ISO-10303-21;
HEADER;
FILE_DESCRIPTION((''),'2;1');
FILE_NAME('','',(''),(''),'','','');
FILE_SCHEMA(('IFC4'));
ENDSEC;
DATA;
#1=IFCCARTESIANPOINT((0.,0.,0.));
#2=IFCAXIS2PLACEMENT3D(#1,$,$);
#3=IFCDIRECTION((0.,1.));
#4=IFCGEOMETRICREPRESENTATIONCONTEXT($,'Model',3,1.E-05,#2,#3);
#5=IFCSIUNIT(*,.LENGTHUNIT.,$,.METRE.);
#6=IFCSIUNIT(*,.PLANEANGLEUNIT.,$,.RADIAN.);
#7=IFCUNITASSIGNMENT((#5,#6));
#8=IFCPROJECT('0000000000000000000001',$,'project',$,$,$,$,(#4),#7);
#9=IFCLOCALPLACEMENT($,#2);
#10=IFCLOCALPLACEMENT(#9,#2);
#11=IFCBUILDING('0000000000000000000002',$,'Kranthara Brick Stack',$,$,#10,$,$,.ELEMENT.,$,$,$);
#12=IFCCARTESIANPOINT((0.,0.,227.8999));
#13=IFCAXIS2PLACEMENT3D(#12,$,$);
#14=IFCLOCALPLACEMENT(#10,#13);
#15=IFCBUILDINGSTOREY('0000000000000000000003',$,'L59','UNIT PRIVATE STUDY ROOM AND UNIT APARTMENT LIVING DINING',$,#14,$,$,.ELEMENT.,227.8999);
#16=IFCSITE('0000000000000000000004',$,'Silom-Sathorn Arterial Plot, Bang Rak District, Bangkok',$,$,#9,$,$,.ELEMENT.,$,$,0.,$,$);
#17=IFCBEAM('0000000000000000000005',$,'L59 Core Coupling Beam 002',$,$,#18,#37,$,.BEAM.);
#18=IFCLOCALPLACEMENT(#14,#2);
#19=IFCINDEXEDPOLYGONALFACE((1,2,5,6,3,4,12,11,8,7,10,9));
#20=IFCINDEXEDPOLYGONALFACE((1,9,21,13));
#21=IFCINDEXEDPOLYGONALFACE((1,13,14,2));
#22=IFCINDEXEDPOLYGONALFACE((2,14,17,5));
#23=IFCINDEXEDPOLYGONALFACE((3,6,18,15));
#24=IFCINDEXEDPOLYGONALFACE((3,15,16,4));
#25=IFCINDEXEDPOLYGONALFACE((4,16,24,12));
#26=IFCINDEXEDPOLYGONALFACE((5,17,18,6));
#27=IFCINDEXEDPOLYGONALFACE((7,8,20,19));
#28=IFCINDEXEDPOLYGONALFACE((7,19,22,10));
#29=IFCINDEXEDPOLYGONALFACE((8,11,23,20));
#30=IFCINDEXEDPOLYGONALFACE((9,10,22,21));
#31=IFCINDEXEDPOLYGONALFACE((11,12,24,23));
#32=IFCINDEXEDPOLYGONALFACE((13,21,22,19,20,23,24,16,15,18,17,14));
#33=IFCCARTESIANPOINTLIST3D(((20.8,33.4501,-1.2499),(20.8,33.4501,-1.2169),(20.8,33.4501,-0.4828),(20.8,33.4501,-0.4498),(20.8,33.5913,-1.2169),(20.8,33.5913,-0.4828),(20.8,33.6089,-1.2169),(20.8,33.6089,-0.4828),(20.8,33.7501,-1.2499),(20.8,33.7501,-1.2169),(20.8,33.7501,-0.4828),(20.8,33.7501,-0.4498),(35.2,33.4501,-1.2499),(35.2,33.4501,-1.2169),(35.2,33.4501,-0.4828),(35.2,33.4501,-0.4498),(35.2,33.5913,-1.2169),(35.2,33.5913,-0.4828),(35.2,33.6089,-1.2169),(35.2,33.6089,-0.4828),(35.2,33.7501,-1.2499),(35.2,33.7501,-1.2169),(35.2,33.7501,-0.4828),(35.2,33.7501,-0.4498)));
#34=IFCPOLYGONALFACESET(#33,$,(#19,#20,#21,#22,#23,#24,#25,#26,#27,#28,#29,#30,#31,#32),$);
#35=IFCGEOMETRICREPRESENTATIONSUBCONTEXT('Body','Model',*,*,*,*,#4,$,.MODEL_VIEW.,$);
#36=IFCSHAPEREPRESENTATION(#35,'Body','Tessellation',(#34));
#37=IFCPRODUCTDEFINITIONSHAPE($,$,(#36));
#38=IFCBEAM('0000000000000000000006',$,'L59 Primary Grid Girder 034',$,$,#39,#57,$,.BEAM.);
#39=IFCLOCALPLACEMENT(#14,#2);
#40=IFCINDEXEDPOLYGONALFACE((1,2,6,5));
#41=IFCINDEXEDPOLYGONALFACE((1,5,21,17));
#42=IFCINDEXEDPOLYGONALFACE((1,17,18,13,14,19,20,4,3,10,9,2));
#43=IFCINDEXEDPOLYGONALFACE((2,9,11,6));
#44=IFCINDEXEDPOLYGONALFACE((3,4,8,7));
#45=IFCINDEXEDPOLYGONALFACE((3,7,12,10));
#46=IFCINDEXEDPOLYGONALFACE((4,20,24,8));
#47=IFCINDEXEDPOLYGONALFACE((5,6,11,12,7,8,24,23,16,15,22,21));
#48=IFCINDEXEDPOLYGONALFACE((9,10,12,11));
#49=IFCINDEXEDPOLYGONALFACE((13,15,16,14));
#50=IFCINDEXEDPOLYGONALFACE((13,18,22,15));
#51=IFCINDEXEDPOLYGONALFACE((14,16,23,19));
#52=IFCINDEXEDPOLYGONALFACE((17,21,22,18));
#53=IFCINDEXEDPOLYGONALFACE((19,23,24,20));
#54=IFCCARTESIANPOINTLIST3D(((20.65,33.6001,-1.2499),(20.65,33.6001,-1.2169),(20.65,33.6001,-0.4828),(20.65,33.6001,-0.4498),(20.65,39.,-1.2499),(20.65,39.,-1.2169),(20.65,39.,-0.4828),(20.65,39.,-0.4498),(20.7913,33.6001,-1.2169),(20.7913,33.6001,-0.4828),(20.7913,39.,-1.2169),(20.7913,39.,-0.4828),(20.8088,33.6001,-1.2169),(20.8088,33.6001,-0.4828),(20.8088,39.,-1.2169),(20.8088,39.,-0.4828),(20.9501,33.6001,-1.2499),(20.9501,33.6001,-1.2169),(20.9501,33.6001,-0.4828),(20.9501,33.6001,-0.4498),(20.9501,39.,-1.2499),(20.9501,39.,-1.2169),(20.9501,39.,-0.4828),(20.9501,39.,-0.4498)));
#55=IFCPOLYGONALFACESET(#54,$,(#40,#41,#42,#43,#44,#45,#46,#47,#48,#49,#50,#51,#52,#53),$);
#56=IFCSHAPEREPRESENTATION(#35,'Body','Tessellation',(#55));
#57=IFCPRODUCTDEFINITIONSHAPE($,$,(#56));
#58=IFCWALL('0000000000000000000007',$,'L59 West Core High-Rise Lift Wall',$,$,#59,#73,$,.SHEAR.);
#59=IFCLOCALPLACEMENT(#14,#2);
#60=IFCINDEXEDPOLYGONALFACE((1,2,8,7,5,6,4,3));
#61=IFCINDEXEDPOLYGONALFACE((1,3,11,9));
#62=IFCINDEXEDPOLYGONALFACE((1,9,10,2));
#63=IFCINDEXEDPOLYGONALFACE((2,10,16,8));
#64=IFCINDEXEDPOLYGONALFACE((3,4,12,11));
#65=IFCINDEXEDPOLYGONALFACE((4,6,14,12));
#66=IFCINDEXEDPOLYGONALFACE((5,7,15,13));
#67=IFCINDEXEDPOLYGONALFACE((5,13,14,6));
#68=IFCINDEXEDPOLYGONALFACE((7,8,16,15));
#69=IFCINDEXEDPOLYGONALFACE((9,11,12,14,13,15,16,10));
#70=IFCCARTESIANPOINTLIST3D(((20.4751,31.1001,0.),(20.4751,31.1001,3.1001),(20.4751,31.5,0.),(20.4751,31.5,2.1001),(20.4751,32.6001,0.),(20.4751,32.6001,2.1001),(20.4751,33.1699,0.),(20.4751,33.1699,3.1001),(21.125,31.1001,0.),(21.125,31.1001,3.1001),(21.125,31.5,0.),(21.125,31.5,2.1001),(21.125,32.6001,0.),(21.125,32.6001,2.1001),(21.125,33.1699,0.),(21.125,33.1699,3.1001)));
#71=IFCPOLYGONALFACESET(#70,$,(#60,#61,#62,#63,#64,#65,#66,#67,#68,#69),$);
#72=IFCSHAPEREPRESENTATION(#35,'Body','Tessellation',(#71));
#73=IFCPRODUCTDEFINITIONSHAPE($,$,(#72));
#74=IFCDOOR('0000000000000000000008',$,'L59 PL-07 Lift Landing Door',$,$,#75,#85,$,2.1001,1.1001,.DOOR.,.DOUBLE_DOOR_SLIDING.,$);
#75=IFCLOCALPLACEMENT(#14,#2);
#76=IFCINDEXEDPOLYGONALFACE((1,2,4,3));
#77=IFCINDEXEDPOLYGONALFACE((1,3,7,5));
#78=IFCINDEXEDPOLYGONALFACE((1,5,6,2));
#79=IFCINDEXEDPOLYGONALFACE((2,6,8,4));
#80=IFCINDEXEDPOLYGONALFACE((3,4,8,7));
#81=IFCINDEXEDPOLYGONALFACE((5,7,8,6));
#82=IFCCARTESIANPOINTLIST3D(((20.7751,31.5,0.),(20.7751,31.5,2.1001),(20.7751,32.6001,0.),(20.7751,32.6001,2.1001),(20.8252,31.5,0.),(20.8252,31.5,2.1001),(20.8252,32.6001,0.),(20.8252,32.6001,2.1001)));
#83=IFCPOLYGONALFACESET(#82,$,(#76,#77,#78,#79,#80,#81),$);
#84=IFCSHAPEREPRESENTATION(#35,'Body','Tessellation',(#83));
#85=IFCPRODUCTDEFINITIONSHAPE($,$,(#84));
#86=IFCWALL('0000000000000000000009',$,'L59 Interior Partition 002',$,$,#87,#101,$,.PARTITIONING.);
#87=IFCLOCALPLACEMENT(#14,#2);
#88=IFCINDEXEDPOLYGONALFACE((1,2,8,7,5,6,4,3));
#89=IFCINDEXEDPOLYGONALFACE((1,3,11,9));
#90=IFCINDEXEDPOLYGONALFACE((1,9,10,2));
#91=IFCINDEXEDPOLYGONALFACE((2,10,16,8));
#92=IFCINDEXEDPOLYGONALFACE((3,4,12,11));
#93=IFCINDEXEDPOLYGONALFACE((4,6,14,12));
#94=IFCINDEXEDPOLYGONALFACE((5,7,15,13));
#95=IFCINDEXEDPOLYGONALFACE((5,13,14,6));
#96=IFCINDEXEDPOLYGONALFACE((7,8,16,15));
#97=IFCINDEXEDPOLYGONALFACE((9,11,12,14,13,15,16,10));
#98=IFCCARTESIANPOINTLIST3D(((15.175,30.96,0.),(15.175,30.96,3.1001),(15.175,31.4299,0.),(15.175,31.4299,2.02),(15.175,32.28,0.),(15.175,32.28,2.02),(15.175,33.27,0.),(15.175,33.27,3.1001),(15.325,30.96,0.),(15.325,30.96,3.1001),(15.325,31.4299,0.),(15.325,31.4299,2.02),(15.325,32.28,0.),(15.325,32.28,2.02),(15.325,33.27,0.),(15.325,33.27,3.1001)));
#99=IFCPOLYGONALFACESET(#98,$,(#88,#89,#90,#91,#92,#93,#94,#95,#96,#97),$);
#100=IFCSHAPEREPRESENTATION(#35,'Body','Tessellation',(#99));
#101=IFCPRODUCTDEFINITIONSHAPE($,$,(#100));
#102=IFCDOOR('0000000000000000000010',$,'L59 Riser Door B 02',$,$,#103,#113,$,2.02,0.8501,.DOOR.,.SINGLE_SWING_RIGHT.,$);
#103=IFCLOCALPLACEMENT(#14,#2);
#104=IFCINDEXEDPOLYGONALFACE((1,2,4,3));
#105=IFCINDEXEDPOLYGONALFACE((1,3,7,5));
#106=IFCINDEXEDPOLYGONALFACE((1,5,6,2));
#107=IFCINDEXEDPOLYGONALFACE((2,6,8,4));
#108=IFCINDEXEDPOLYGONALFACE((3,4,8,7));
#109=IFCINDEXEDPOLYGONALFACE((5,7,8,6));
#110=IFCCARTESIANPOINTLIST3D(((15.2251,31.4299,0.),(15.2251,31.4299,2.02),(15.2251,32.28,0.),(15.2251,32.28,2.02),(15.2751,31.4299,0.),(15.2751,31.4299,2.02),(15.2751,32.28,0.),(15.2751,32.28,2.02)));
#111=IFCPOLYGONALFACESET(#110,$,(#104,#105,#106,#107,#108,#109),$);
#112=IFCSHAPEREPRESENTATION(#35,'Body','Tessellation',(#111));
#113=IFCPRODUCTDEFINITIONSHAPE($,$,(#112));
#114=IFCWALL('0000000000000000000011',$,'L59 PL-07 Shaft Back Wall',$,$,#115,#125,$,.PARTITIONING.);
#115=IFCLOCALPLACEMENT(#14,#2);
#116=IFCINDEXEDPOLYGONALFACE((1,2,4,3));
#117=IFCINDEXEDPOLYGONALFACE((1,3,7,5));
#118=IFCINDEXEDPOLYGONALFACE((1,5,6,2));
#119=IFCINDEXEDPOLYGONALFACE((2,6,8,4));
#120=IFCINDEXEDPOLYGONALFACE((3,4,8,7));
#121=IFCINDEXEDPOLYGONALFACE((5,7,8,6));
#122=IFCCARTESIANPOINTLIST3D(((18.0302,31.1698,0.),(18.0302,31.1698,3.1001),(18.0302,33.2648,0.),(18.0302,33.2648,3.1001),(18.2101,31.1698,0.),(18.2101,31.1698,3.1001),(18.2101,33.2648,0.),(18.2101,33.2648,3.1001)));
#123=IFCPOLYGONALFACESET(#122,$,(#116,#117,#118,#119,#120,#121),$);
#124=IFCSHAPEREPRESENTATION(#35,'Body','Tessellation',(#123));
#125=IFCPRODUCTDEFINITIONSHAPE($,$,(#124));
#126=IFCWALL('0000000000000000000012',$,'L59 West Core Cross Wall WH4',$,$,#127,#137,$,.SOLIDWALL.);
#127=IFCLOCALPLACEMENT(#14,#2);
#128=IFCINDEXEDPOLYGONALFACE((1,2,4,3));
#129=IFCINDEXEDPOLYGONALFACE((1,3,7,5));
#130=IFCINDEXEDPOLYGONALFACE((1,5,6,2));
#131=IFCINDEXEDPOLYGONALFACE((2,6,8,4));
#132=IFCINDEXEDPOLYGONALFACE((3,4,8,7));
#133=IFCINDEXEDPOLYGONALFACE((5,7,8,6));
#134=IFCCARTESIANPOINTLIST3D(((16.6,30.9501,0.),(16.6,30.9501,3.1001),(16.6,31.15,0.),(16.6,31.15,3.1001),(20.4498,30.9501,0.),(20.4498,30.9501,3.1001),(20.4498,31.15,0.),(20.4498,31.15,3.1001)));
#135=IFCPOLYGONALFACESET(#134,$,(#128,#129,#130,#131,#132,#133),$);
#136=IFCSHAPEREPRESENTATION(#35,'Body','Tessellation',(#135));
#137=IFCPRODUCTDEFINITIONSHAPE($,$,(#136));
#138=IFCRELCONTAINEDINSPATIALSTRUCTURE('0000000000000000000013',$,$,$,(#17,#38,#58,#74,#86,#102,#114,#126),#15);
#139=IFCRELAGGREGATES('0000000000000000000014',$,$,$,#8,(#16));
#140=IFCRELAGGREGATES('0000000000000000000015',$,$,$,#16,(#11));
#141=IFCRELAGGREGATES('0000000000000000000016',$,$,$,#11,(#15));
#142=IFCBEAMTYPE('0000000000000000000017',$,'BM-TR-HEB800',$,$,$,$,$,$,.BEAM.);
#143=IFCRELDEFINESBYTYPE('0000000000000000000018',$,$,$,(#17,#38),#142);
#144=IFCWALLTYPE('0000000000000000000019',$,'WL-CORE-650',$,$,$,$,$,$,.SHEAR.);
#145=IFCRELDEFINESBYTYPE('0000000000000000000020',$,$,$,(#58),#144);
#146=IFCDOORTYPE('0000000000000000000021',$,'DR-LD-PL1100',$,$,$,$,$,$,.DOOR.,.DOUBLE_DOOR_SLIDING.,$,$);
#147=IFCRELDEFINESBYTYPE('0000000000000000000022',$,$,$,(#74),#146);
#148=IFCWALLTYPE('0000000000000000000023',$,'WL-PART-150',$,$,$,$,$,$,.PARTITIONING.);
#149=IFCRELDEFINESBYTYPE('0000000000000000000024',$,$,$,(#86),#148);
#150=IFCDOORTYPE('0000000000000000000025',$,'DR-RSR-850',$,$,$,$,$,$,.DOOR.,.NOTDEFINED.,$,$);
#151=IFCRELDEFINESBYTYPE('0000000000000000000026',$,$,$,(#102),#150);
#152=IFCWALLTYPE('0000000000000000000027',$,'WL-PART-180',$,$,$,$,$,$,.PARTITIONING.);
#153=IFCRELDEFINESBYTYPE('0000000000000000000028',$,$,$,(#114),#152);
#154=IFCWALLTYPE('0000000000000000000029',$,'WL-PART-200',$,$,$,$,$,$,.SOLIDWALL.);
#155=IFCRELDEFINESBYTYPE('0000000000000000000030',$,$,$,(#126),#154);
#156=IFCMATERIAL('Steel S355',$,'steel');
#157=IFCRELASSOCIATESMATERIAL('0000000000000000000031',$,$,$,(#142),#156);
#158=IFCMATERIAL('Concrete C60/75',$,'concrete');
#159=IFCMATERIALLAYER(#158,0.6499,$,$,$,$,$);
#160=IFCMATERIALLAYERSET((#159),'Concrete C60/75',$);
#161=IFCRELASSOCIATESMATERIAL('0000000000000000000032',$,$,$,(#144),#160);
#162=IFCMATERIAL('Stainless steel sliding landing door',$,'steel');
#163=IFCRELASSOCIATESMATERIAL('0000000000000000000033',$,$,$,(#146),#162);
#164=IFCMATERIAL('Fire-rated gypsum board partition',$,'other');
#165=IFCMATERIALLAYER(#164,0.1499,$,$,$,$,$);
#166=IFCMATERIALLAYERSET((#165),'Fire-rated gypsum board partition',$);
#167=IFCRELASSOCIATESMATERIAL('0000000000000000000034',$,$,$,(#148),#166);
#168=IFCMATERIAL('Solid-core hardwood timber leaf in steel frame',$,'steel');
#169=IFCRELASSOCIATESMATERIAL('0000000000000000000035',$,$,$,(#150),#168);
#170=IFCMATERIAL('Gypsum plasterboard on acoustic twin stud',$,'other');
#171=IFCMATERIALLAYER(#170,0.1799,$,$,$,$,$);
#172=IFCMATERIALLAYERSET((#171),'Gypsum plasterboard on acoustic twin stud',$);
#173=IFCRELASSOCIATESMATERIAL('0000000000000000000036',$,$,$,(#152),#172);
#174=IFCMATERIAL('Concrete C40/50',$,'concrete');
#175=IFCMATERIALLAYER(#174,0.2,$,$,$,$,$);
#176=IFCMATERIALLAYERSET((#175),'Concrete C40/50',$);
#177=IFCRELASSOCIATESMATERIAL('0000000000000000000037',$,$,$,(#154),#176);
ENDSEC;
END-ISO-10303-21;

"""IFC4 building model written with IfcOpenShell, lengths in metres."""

from ifc_helpers import new_model, si_unit, direction, frame, frame_2d, origin, origin_2d, place, context, subcontext, project, spatial, rectangle, i_section, extrude, material, layer, layer_set, material_profile, profile_set, type_object, element, fill, save


model = new_model("IFC4")

# Units and contexts
model_context = context("Model", 3, precision=1e-05, world=origin(), true_north=direction((0.0, 1.0)))
body_context = subcontext(model_context, "Body", "Model", "MODEL_VIEW")
ifc_project = project(units=[si_unit("LENGTHUNIT", "METRE"), si_unit("PLANEANGLEUNIT", "RADIAN")], contexts=[model_context])

# Site, building, storey
site_placement = place(None, origin())
site = spatial("IfcSite", under=ifc_project, at=site_placement, Name="Silom-Sathorn Arterial Plot, Bang Rak District, Bangkok", CompositionType="ELEMENT", RefElevation=0.0)
building_placement = place(site_placement, origin())
building = spatial("IfcBuilding", under=site, at=building_placement, Name="Kranthara Brick Stack", CompositionType="ELEMENT")
storey_placement = place(building_placement, frame((0.0, 0.0, 227.8999)))
storey = spatial("IfcBuildingStorey", under=building, at=storey_placement, Name="L59", Description="UNIT PRIVATE STUDY ROOM AND UNIT APARTMENT LIVING DINING", CompositionType="ELEMENT", Elevation=227.8999)

# Beams
ifc_material_1 = material(Name="Steel S355", Category="steel")
ifc_material_profile_1 = material_profile(ifc_material_1, i_section(OverallWidth=0.3, OverallDepth=0.8, WebThickness=0.0176, FlangeThickness=0.033, at=origin_2d()), Name="HEB 800")
ifc_profile_set_1 = profile_set([ifc_material_profile_1], Name="Steel S355")
beam_type_1 = type_object("IfcBeamType", Name="BM-TR-HEB800", PredefinedType="BEAM", material=ifc_profile_set_1)
beam_1_placement = place(storey_placement, frame((20.8, 33.6001, -0.8499), z_axis=(1.0, 0.0, 0.0), x_axis=(0.0, 1.0, 0.0)))
element("IfcBeam", 1, at=beam_1_placement, inside=storey, type_object=beam_type_1, Name="L59 Core Coupling Beam 002", PredefinedType="BEAM", context=body_context, shape_type="SweptSolid", body=[
    extrude(i_section(OverallWidth=0.3, OverallDepth=0.8, WebThickness=0.0176, FlangeThickness=0.033, at=origin_2d()), origin(), (0.0, 0.0, 1.0), 14.3999),
])
beam_2_placement = place(storey_placement, frame((20.8, 33.6001, -0.8499), z_axis=(0.0, 1.0, 0.0), x_axis=(-1.0, 0.0, 0.0)))
element("IfcBeam", 2, at=beam_2_placement, inside=storey, type_object=beam_type_1, Name="L59 Primary Grid Girder 034", PredefinedType="BEAM", context=body_context, shape_type="SweptSolid", body=[
    extrude(i_section(OverallWidth=0.3, OverallDepth=0.8, WebThickness=0.0176, FlangeThickness=0.033, at=origin_2d()), origin(), (0.0, 0.0, 1.0), 5.3999),
])

# Walls, openings, doors
ifc_material_2 = material(Name="Concrete C60/75", Category="concrete")
ifc_layer_1 = layer(ifc_material_2, 0.6499)
ifc_layer_set_1 = layer_set([ifc_layer_1], Name="Concrete C60/75")
wall_type_1 = type_object("IfcWallType", Name="WL-CORE-650", PredefinedType="SHEAR", material=ifc_layer_set_1)
wall_1_placement = place(storey_placement, frame((20.8, 31.1001, 0.0), z_axis=(0.0, 0.0, 1.0), x_axis=(0.0, 1.0, 0.0)))
wall_1 = element("IfcWall", 3, at=wall_1_placement, inside=storey, type_object=wall_type_1, Name="L59 West Core High-Rise Lift Wall", PredefinedType="SHEAR", context=body_context, shape_type="SweptSolid", body=[
    extrude(rectangle(XDim=2.0698, YDim=0.6499, at=frame_2d((1.0349, 0.0))), origin(), (0.0, 0.0, 1.0), 3.1001),
])
opening_1_placement = place(wall_1_placement, frame((0.3999, 0.0, 0.0)))
opening_1 = element("IfcOpeningElement", 4, at=opening_1_placement, cuts=wall_1, PredefinedType="OPENING", context=body_context, shape_type="SweptSolid", body=[
    extrude(rectangle(XDim=1.1001, YDim=2.1001, at=frame_2d((0.55, 1.05))), frame((0.0, 0.335, 0.0), z_axis=(0.0, -1.0, 0.0), x_axis=(1.0, 0.0, 0.0)), (0.0, 0.0, 1.0), 0.6699),
])
ifc_material_3 = material(Name="Stainless steel sliding landing door", Category="steel")
door_type_1 = type_object("IfcDoorType", Name="DR-LD-PL1100", OperationType="DOUBLE_DOOR_SLIDING", PredefinedType="DOOR", material=ifc_material_3)
door_1_placement = place(opening_1_placement, origin())
door_1 = element("IfcDoor", 5, at=door_1_placement, inside=storey, type_object=door_type_1, Name="L59 PL-07 Lift Landing Door", OperationType="DOUBLE_DOOR_SLIDING", OverallHeight=2.1001, OverallWidth=1.1001, PredefinedType="DOOR", context=body_context, shape_type="SweptSolid", body=[
    extrude(rectangle(XDim=1.1001, YDim=2.1001, at=frame_2d((0.55, 1.05))), frame((0.0, 0.0249, 0.0), z_axis=(0.0, -1.0, 0.0), x_axis=(1.0, 0.0, 0.0)), (0.0, 0.0, 1.0), 0.05),
])
fill(opening_1, door_1)
ifc_material_4 = material(Name="Fire-rated gypsum board partition", Category="other")
ifc_layer_2 = layer(ifc_material_4, 0.1499)
ifc_layer_set_2 = layer_set([ifc_layer_2], Name="Fire-rated gypsum board partition")
wall_type_2 = type_object("IfcWallType", Name="WL-PART-150", PredefinedType="PARTITIONING", material=ifc_layer_set_2)
wall_2_placement = place(storey_placement, frame((15.25, 30.96, 0.0), z_axis=(0.0, 0.0, 1.0), x_axis=(0.0, 1.0, 0.0)))
wall_2 = element("IfcWall", 6, at=wall_2_placement, inside=storey, type_object=wall_type_2, Name="L59 Interior Partition 002", PredefinedType="PARTITIONING", context=body_context, shape_type="SweptSolid", body=[
    extrude(rectangle(XDim=2.3101, YDim=0.1499, at=frame_2d((1.155, 0.0))), origin(), (0.0, 0.0, 1.0), 3.1001),
])
opening_2_placement = place(wall_2_placement, frame((0.47, 0.0, 0.0)))
opening_2 = element("IfcOpeningElement", 7, at=opening_2_placement, cuts=wall_2, PredefinedType="OPENING", context=body_context, shape_type="SweptSolid", body=[
    extrude(rectangle(XDim=0.8501, YDim=2.02, at=frame_2d((0.425, 1.01))), frame((0.0, 0.085, 0.0), z_axis=(0.0, -1.0, 0.0), x_axis=(1.0, 0.0, 0.0)), (0.0, 0.0, 1.0), 0.1699),
])
ifc_material_5 = material(Name="Solid-core hardwood timber leaf in steel frame", Category="steel")
door_type_2 = type_object("IfcDoorType", Name="DR-RSR-850", OperationType="NOTDEFINED", PredefinedType="DOOR", material=ifc_material_5)
door_2_placement = place(opening_2_placement, origin())
door_2 = element("IfcDoor", 8, at=door_2_placement, inside=storey, type_object=door_type_2, Name="L59 Riser Door B 02", OperationType="SINGLE_SWING_RIGHT", OverallHeight=2.02, OverallWidth=0.8501, PredefinedType="DOOR", context=body_context, shape_type="SweptSolid", body=[
    extrude(rectangle(XDim=0.8501, YDim=2.02, at=frame_2d((0.425, 1.01))), frame((0.0, 0.0249, 0.0), z_axis=(0.0, -1.0, 0.0), x_axis=(1.0, 0.0, 0.0)), (0.0, 0.0, 1.0), 0.05),
])
fill(opening_2, door_2)

# Walls
ifc_material_6 = material(Name="Gypsum plasterboard on acoustic twin stud", Category="other")
ifc_layer_3 = layer(ifc_material_6, 0.1799)
ifc_layer_set_3 = layer_set([ifc_layer_3], Name="Gypsum plasterboard on acoustic twin stud")
wall_type_3 = type_object("IfcWallType", Name="WL-PART-180", PredefinedType="PARTITIONING", material=ifc_layer_set_3)
wall_3_placement = place(storey_placement, frame((18.1201, 31.1699, 0.0), z_axis=(0.0, 0.0, 1.0), x_axis=(0.0, 1.0, 0.0)))
element("IfcWall", 9, at=wall_3_placement, inside=storey, type_object=wall_type_3, Name="L59 PL-07 Shaft Back Wall", PredefinedType="PARTITIONING", context=body_context, shape_type="SweptSolid", body=[
    extrude(rectangle(XDim=2.095, YDim=0.1799, at=frame_2d((1.0474, 0.0))), origin(), (0.0, 0.0, 1.0), 3.1001),
])
ifc_material_7 = material(Name="Concrete C40/50", Category="concrete")
ifc_layer_4 = layer(ifc_material_7, 0.2)
ifc_layer_set_4 = layer_set([ifc_layer_4], Name="Concrete C40/50")
wall_type_4 = type_object("IfcWallType", Name="WL-PART-200", PredefinedType="SOLIDWALL", material=ifc_layer_set_4)
wall_4_placement = place(storey_placement, frame((16.6001, 31.05, 0.0), z_axis=(0.0, 0.0, 1.0), x_axis=(1.0, 0.0, 0.0)))
element("IfcWall", 10, at=wall_4_placement, inside=storey, type_object=wall_type_4, Name="L59 West Core Cross Wall WH4", PredefinedType="SOLIDWALL", context=body_context, shape_type="SweptSolid", body=[
    extrude(rectangle(XDim=3.8499, YDim=0.2, at=frame_2d((1.9248, 0.0))), origin(), (0.0, 0.0, 1.0), 3.1001),
])

save(model, "model.ifc")
